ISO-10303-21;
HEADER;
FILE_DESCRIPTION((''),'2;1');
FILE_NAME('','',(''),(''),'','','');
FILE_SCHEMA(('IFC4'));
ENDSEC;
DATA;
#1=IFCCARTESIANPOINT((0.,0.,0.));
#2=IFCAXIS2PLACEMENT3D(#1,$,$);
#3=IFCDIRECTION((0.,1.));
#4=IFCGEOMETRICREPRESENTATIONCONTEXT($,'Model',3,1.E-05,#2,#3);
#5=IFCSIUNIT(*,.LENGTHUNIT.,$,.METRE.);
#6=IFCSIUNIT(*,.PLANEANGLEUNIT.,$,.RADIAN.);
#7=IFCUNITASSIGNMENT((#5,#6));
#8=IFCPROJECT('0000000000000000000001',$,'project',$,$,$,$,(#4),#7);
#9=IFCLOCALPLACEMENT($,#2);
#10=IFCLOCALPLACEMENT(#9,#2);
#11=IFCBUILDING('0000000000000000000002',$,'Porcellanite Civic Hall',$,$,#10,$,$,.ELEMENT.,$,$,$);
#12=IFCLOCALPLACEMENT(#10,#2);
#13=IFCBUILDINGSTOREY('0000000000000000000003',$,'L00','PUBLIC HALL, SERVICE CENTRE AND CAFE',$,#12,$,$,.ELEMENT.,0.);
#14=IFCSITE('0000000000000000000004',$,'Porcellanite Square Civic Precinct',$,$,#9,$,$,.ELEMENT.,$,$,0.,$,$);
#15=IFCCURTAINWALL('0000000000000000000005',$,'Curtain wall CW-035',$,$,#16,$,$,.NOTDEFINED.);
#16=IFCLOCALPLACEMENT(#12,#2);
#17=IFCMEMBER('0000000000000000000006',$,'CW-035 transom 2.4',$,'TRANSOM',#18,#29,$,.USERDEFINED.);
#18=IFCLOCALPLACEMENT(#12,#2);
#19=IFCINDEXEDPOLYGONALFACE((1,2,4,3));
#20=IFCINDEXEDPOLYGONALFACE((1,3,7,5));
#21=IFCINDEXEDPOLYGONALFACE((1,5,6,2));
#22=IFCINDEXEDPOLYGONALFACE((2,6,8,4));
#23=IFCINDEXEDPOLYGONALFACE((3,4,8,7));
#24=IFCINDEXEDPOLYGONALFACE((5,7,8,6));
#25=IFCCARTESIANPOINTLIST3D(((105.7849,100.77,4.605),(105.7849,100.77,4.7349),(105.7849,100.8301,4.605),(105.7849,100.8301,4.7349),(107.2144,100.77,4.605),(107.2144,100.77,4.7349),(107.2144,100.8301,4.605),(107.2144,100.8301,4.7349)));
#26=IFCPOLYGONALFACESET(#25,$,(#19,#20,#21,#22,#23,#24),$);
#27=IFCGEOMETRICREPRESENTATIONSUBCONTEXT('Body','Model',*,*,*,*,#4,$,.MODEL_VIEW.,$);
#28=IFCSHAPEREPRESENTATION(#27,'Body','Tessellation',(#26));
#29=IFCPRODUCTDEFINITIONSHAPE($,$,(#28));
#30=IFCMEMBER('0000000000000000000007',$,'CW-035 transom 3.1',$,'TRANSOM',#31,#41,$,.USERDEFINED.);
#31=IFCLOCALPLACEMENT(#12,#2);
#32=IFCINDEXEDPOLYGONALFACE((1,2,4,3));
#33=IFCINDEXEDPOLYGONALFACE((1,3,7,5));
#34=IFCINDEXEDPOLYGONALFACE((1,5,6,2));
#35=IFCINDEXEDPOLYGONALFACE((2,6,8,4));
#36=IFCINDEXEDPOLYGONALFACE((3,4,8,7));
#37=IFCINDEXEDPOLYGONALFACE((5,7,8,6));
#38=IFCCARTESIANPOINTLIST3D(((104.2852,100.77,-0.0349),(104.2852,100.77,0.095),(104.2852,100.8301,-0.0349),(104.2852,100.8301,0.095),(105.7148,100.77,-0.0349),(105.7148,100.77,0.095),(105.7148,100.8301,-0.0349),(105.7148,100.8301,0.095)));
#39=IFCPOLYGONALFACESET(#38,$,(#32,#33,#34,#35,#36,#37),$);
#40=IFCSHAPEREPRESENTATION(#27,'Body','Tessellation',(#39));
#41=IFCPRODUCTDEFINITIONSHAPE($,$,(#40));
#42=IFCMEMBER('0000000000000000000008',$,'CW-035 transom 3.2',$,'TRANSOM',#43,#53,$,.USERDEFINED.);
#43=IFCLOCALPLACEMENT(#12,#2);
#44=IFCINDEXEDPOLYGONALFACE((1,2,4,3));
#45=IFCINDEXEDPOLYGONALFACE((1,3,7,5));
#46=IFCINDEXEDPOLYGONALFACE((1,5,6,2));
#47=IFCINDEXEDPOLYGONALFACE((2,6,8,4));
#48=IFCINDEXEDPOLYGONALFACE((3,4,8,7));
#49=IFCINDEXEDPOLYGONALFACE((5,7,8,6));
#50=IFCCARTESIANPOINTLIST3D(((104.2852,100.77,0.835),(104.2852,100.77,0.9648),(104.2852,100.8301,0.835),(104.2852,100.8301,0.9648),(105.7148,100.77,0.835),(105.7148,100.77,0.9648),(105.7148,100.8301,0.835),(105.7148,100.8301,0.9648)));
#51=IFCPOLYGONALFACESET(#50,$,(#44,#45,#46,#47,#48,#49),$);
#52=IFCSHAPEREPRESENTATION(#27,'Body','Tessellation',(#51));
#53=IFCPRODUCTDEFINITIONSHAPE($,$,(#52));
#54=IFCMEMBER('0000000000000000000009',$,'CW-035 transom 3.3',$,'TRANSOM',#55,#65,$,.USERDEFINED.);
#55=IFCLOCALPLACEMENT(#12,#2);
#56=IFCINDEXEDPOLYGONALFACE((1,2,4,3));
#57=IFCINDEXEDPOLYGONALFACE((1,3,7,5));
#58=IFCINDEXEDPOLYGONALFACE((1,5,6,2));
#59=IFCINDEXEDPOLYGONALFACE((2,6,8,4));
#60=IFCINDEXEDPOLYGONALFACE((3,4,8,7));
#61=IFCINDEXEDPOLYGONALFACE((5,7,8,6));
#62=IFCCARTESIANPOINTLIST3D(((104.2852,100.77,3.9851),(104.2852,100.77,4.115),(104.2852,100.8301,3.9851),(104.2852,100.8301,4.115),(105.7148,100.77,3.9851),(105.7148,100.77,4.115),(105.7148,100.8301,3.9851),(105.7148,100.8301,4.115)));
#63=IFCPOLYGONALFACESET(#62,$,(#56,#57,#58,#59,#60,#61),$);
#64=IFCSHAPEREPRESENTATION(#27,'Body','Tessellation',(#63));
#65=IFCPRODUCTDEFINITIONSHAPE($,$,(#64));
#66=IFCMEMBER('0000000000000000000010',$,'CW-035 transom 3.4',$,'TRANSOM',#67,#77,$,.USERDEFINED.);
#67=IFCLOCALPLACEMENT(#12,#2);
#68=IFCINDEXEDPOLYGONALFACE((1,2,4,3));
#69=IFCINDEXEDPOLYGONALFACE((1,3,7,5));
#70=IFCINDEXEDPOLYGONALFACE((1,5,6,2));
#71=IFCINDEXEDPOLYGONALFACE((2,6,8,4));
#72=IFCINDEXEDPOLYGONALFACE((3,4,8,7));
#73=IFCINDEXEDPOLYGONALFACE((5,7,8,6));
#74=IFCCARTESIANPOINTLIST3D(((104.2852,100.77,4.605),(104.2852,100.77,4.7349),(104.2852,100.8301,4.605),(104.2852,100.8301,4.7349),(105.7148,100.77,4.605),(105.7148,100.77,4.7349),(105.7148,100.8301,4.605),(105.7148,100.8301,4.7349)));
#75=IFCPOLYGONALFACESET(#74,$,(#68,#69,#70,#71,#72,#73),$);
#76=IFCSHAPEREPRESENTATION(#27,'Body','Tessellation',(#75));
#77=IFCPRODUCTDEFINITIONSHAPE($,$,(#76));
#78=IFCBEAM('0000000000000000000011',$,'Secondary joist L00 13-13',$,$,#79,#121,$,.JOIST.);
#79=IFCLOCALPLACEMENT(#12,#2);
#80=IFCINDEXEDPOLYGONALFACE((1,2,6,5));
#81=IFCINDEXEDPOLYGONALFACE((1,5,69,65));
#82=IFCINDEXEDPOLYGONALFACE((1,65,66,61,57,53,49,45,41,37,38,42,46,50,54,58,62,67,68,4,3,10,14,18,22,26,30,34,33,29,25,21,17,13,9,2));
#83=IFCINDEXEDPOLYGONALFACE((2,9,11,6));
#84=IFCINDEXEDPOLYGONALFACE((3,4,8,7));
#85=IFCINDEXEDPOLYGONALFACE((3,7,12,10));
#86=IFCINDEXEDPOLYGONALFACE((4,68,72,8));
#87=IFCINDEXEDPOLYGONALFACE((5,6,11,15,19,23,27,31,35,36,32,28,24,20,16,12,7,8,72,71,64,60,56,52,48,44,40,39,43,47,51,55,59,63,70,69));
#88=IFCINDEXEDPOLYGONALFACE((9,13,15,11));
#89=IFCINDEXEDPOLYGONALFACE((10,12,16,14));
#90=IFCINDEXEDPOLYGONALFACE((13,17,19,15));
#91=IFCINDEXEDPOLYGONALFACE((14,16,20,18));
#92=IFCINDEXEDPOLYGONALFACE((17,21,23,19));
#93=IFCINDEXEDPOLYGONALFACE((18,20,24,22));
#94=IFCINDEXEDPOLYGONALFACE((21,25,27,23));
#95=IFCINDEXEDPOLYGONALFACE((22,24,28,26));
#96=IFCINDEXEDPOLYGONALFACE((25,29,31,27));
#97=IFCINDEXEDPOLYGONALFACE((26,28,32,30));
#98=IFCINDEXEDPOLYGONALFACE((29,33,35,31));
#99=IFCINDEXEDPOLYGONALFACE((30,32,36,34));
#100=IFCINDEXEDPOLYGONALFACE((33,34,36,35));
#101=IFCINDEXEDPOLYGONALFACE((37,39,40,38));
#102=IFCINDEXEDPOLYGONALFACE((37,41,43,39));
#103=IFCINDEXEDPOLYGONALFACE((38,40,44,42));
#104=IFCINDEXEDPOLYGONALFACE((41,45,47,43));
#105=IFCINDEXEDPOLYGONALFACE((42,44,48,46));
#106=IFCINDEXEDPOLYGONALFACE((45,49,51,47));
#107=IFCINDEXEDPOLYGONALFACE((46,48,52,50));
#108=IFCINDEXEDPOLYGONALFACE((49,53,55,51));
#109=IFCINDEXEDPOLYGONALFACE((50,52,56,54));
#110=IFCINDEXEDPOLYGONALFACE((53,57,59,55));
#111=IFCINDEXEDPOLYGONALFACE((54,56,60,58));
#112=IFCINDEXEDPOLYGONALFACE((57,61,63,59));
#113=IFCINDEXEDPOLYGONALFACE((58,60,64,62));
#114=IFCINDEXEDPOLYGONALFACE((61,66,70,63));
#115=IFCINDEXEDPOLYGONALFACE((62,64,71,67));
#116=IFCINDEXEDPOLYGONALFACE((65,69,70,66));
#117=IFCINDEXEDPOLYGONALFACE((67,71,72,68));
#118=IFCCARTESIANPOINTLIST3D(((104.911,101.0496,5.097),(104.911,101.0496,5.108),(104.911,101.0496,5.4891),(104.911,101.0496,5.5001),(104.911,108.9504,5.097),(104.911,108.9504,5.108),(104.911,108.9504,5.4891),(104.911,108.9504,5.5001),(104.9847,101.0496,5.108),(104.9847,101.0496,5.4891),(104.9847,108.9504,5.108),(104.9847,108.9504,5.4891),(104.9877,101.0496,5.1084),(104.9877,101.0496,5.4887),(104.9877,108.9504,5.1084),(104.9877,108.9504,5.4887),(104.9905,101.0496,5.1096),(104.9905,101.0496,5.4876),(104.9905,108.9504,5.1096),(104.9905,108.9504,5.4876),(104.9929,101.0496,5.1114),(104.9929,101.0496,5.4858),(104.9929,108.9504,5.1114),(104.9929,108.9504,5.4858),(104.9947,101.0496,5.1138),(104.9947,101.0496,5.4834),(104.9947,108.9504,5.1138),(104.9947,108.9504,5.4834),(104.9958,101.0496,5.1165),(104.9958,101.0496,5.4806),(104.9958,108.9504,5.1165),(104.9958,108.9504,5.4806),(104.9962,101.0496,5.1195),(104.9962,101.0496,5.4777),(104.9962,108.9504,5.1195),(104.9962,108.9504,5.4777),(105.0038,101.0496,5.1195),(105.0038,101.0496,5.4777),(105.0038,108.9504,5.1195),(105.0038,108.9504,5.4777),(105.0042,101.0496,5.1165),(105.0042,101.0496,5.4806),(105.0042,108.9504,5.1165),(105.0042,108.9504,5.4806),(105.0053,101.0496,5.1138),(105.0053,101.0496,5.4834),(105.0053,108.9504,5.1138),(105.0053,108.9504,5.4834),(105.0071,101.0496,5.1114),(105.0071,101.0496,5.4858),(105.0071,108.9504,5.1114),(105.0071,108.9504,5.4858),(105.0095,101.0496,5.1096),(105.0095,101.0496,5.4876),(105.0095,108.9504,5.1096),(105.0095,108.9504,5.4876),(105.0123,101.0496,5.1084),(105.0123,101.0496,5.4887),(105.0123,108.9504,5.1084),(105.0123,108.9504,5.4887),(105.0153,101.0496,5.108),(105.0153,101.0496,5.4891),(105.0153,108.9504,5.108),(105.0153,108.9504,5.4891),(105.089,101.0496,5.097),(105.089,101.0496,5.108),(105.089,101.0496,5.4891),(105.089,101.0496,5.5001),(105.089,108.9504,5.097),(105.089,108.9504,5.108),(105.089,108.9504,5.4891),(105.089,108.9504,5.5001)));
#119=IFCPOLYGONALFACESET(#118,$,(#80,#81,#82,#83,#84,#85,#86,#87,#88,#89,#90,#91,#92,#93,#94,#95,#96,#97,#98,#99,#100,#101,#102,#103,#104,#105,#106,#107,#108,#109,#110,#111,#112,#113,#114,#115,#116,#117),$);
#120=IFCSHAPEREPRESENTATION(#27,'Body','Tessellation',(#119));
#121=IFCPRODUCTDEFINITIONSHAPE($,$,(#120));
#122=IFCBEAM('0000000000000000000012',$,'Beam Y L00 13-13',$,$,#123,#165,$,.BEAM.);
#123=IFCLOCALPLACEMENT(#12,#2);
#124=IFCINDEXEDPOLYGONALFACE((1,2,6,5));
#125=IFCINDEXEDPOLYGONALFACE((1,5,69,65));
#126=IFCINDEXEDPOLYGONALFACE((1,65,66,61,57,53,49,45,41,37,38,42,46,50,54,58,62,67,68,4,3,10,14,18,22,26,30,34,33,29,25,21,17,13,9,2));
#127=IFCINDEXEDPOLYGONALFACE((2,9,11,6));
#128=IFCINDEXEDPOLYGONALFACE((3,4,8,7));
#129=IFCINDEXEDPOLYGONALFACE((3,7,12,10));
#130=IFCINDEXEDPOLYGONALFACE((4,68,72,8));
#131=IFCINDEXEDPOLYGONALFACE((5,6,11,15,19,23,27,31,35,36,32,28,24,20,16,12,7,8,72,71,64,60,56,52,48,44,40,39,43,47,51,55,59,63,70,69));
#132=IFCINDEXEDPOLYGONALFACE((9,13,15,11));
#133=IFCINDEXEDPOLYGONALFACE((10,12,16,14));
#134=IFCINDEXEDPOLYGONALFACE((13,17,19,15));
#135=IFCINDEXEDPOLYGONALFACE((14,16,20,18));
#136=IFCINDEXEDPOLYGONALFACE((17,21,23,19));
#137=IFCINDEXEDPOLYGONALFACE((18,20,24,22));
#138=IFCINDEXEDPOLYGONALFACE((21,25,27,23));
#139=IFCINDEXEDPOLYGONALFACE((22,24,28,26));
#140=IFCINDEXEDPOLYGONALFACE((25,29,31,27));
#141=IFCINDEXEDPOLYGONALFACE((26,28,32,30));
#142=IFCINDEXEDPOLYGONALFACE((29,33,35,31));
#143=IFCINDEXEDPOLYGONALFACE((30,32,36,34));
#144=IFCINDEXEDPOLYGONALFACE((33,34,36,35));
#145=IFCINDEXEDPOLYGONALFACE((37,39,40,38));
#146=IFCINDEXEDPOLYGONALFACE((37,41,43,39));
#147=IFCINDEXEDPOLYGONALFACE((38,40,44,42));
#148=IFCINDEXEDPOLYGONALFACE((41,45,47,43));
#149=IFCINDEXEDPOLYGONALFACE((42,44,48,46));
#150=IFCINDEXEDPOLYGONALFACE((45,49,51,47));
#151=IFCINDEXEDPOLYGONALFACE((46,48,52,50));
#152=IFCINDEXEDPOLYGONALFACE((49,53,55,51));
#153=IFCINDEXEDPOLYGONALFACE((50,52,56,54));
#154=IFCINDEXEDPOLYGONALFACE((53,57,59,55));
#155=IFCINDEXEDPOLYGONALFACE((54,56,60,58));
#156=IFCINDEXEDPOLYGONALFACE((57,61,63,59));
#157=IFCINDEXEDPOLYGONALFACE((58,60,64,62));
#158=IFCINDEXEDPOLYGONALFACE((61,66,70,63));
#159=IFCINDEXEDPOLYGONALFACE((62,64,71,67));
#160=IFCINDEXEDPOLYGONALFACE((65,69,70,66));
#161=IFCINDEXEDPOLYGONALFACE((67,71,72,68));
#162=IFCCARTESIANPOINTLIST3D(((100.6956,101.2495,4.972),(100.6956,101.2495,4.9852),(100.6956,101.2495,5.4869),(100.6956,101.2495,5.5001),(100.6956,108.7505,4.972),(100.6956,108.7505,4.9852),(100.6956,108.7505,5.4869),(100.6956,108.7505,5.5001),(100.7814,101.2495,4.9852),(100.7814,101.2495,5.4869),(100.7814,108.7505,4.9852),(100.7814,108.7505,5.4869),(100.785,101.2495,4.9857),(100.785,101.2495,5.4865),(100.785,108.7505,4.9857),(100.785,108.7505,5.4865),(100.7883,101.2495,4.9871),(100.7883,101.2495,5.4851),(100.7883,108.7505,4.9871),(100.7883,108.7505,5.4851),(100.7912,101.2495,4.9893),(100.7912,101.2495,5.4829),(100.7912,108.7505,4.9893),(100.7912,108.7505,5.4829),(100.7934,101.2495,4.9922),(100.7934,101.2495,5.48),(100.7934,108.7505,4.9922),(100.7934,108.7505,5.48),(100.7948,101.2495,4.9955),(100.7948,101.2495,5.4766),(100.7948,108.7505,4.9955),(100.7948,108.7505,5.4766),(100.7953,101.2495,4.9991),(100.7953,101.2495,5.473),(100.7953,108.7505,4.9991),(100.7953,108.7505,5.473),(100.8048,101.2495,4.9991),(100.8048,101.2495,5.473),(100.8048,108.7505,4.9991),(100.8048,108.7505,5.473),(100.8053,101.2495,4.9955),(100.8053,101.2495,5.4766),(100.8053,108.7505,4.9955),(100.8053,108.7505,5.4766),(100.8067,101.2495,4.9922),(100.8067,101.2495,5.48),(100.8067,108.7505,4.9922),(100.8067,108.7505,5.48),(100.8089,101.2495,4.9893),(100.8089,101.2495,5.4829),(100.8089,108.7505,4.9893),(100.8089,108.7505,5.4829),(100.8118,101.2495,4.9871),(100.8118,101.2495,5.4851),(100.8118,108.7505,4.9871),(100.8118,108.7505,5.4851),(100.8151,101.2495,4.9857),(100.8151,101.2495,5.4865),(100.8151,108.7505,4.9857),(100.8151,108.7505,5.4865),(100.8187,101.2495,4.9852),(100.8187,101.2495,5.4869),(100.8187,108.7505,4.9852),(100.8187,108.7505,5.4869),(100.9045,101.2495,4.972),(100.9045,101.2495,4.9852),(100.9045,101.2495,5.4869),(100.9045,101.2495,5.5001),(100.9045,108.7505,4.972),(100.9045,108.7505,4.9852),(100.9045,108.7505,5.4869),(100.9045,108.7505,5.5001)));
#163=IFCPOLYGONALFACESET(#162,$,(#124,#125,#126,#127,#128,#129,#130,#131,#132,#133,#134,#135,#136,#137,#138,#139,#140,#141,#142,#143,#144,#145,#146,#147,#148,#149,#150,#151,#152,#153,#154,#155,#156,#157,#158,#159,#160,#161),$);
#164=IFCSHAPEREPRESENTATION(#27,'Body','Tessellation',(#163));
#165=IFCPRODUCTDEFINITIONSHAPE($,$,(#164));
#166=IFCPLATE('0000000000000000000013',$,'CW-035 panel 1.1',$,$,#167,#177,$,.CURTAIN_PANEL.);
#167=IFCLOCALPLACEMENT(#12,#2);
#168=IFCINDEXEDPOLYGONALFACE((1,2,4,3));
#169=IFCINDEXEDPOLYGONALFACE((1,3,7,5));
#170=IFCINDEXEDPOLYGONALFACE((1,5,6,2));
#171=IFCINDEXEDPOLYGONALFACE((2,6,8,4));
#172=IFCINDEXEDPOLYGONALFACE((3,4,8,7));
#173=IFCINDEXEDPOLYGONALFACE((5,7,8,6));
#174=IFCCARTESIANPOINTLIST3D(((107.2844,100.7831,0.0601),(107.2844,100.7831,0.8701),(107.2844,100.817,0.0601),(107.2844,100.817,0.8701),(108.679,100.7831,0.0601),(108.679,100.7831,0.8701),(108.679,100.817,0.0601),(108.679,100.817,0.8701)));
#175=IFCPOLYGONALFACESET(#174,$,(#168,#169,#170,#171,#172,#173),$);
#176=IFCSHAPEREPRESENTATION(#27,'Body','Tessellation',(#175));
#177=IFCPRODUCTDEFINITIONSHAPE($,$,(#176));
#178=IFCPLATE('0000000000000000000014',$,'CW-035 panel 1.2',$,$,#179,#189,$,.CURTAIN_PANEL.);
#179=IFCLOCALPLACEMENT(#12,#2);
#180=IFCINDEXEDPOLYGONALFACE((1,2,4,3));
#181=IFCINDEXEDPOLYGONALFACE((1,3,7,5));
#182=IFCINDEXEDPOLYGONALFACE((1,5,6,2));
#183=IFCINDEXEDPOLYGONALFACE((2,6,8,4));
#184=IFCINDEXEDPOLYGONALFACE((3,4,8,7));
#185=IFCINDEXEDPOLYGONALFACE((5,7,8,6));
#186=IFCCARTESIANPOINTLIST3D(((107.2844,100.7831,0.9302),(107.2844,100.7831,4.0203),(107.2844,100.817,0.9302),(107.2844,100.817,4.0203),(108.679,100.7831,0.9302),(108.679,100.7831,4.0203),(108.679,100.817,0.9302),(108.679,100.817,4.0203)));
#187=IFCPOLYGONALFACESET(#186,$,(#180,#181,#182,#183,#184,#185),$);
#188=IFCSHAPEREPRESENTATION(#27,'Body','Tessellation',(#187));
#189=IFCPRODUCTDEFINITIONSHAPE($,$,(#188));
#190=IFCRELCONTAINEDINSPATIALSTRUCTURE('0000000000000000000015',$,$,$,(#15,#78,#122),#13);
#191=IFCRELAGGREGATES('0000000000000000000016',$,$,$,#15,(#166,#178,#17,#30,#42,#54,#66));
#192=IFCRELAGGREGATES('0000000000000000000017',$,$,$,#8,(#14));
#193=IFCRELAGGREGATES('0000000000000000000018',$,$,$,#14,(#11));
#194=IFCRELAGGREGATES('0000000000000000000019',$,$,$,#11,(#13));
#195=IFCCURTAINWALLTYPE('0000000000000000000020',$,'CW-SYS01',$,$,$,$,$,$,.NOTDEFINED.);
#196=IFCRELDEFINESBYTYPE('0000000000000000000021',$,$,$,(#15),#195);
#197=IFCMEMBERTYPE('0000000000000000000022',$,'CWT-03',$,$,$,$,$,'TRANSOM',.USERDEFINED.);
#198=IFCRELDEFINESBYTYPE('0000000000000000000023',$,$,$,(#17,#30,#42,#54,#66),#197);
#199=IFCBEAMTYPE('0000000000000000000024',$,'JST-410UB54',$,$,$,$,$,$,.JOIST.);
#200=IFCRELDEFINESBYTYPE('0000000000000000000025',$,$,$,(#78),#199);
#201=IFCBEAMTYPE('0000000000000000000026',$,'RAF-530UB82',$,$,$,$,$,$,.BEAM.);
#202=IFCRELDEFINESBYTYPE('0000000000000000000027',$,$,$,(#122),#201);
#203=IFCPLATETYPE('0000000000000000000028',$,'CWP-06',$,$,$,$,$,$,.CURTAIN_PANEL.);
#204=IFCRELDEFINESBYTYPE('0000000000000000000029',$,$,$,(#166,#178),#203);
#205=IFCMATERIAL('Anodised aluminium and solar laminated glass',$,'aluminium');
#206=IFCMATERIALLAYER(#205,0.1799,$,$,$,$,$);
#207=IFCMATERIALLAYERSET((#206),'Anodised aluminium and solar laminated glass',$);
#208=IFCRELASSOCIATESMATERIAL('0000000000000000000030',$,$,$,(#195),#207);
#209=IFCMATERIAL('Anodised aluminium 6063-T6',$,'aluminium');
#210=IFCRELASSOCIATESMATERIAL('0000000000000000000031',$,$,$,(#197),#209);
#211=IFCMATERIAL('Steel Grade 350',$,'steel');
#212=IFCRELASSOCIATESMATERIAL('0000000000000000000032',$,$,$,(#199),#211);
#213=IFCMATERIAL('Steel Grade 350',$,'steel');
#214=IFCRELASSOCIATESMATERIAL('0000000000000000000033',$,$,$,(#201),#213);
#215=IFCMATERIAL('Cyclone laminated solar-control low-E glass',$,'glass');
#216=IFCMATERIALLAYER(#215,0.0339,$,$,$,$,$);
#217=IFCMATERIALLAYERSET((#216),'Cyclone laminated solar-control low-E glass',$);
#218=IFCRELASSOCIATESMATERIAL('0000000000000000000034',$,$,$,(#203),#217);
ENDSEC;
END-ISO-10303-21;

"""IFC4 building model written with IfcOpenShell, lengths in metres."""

from ifc_helpers import new_model, si_unit, direction, frame, origin, origin_2d, place, context, subcontext, project, spatial, rectangle, i_section, extrude, material, layer, layer_set, material_profile, profile_set, type_object, element, aggregate, save


model = new_model("IFC4")

# Units and contexts
model_context = context("Model", 3, precision=1e-05, world=origin(), true_north=direction((0.0, 1.0)))
body_context = subcontext(model_context, "Body", "Model", "MODEL_VIEW")
ifc_project = project(units=[si_unit("LENGTHUNIT", "METRE"), si_unit("PLANEANGLEUNIT", "RADIAN")], contexts=[model_context])

# Site, building, storey
site_placement = place(None, origin())
site = spatial("IfcSite", under=ifc_project, at=site_placement, Name="Porcellanite Square Civic Precinct", CompositionType="ELEMENT", RefElevation=0.0)
building_placement = place(site_placement, origin())
building = spatial("IfcBuilding", under=site, at=building_placement, Name="Porcellanite Civic Hall", CompositionType="ELEMENT")
storey_placement = place(building_placement, origin())
storey = spatial("IfcBuildingStorey", under=building, at=storey_placement, Name="L00", Description="PUBLIC HALL, SERVICE CENTRE AND CAFE", CompositionType="ELEMENT", Elevation=0.0)

# Curtain wall, members
ifc_material_1 = material(Name="Anodised aluminium and solar laminated glass", Category="aluminium")
ifc_layer_1 = layer(ifc_material_1, 0.1799)
ifc_layer_set_1 = layer_set([ifc_layer_1], Name="Anodised aluminium and solar laminated glass")
curtain_wall_type = type_object("IfcCurtainWallType", Name="CW-SYS01", PredefinedType="NOTDEFINED", material=ifc_layer_set_1)
curtain_wall_placement = place(storey_placement, origin())
curtain_wall = element("IfcCurtainWall", 1, at=curtain_wall_placement, inside=storey, type_object=curtain_wall_type, Name="Curtain wall CW-035", PredefinedType="NOTDEFINED")
ifc_material_2 = material(Name="Anodised aluminium 6063-T6", Category="aluminium")
ifc_material_profile_1 = material_profile(ifc_material_2, rectangle(XDim=0.0601, YDim=0.1299, at=origin_2d()), Name="AL-60x130")
ifc_profile_set_1 = profile_set([ifc_material_profile_1], Name="Anodised aluminium 6063-T6")
member_type_1 = type_object("IfcMemberType", Name="CWT-03", ElementType="TRANSOM", PredefinedType="USERDEFINED", material=ifc_profile_set_1)
member_1_placement = place(storey_placement, frame((107.2144, 100.8, 4.6699), z_axis=(-1.0, 0.0, 0.0), x_axis=(0.0, -1.0, 0.0)))
member_1 = element("IfcMember", 2, at=member_1_placement, type_object=member_type_1, Name="CW-035 transom 2.4", ObjectType="TRANSOM", PredefinedType="USERDEFINED", context=body_context, shape_type="SweptSolid", body=[
    extrude(rectangle(XDim=0.0601, YDim=0.1299, at=origin_2d()), origin(), (0.0, 0.0, 1.0), 1.4294),
])
member_2_placement = place(storey_placement, frame((105.7148, 100.8, 0.03), z_axis=(-1.0, 0.0, 0.0), x_axis=(0.0, -1.0, 0.0)))
member_2 = element("IfcMember", 3, at=member_2_placement, type_object=member_type_1, Name="CW-035 transom 3.1", ObjectType="TRANSOM", PredefinedType="USERDEFINED", context=body_context, shape_type="SweptSolid", body=[
    extrude(rectangle(XDim=0.0601, YDim=0.1299, at=origin_2d()), origin(), (0.0, 0.0, 1.0), 1.4297),
])
member_3_placement = place(storey_placement, frame((105.7148, 100.8, 0.8999), z_axis=(-1.0, 0.0, 0.0), x_axis=(0.0, -1.0, 0.0)))
member_3 = element("IfcMember", 4, at=member_3_placement, type_object=member_type_1, Name="CW-035 transom 3.2", ObjectType="TRANSOM", PredefinedType="USERDEFINED", context=body_context, shape_type="SweptSolid", body=[
    extrude(rectangle(XDim=0.0601, YDim=0.1299, at=origin_2d()), origin(), (0.0, 0.0, 1.0), 1.4297),
])
member_4_placement = place(storey_placement, frame((105.7148, 100.8, 4.05), z_axis=(-1.0, 0.0, 0.0), x_axis=(0.0, -1.0, 0.0)))
member_4 = element("IfcMember", 5, at=member_4_placement, type_object=member_type_1, Name="CW-035 transom 3.3", ObjectType="TRANSOM", PredefinedType="USERDEFINED", context=body_context, shape_type="SweptSolid", body=[
    extrude(rectangle(XDim=0.0601, YDim=0.1299, at=origin_2d()), origin(), (0.0, 0.0, 1.0), 1.4297),
])
member_5_placement = place(storey_placement, frame((105.7148, 100.8, 4.6699), z_axis=(-1.0, 0.0, 0.0), x_axis=(0.0, -1.0, 0.0)))
member_5 = element("IfcMember", 6, at=member_5_placement, type_object=member_type_1, Name="CW-035 transom 3.4", ObjectType="TRANSOM", PredefinedType="USERDEFINED", context=body_context, shape_type="SweptSolid", body=[
    extrude(rectangle(XDim=0.0601, YDim=0.1299, at=origin_2d()), origin(), (0.0, 0.0, 1.0), 1.4297),
])

# Beams
ifc_material_3 = material(Name="Steel Grade 350", Category="steel")
ifc_material_profile_2 = material_profile(ifc_material_3, i_section(OverallWidth=0.178, OverallDepth=0.4031, WebThickness=0.0076, FlangeThickness=0.011, FilletRadius=0.0115, at=origin_2d()), Name="410UB53.7")
ifc_profile_set_2 = profile_set([ifc_material_profile_2], Name="Steel Grade 350")
beam_type_1 = type_object("IfcBeamType", Name="JST-410UB54", PredefinedType="JOIST", material=ifc_profile_set_2)
beam_1_placement = place(storey_placement, frame((105.0, 101.0496, 5.2986), z_axis=(0.0, 1.0, 0.0), x_axis=(-1.0, 0.0, 0.0)))
element("IfcBeam", 7, at=beam_1_placement, inside=storey, type_object=beam_type_1, Name="Secondary joist L00 13-13", PredefinedType="JOIST", context=body_context, shape_type="SweptSolid", body=[
    extrude(i_section(OverallWidth=0.178, OverallDepth=0.4031, WebThickness=0.0076, FlangeThickness=0.011, FilletRadius=0.0115, at=origin_2d()), origin(), (0.0, 0.0, 1.0), 7.9009),
])
ifc_material_4 = material(Name="Steel Grade 350", Category="steel")
ifc_material_profile_3 = material_profile(ifc_material_4, i_section(OverallWidth=0.209, OverallDepth=0.5281, WebThickness=0.0095, FlangeThickness=0.0132, FilletRadius=0.0139, at=origin_2d()), Name="530UB82.0")
ifc_profile_set_3 = profile_set([ifc_material_profile_3], Name="Steel Grade 350")
beam_type_2 = type_object("IfcBeamType", Name="RAF-530UB82", PredefinedType="BEAM", material=ifc_profile_set_3)
beam_2_placement = place(storey_placement, frame((100.8, 101.2495, 5.2361), z_axis=(0.0, 1.0, 0.0), x_axis=(-1.0, 0.0, 0.0)))
element("IfcBeam", 8, at=beam_2_placement, inside=storey, type_object=beam_type_2, Name="Beam Y L00 13-13", PredefinedType="BEAM", context=body_context, shape_type="SweptSolid", body=[
    extrude(i_section(OverallWidth=0.209, OverallDepth=0.5281, WebThickness=0.0095, FlangeThickness=0.0132, FilletRadius=0.0139, at=origin_2d()), origin(), (0.0, 0.0, 1.0), 7.501),
])

# Plates
ifc_material_5 = material(Name="Cyclone laminated solar-control low-E glass", Category="glass")
ifc_layer_2 = layer(ifc_material_5, 0.0339)
ifc_layer_set_2 = layer_set([ifc_layer_2], Name="Cyclone laminated solar-control low-E glass")
plate_type = type_object("IfcPlateType", Name="CWP-06", PredefinedType="CURTAIN_PANEL", material=ifc_layer_set_2)
plate_1_placement = place(storey_placement, frame((107.9817, 100.8, 0.0601), z_axis=(0.0, 0.0, 1.0), x_axis=(-1.0, 0.0, 0.0)))
plate_1 = element("IfcPlate", 9, at=plate_1_placement, type_object=plate_type, Name="CW-035 panel 1.1", PredefinedType="CURTAIN_PANEL", context=body_context, shape_type="SweptSolid", body=[
    extrude(rectangle(XDim=1.3945, YDim=0.0339, at=origin_2d()), origin(), (0.0, 0.0, 1.0), 0.8101),
])
plate_2_placement = place(storey_placement, frame((107.9817, 100.8, 0.9302), z_axis=(0.0, 0.0, 1.0), x_axis=(-1.0, 0.0, 0.0)))
plate_2 = element("IfcPlate", 10, at=plate_2_placement, type_object=plate_type, Name="CW-035 panel 1.2", PredefinedType="CURTAIN_PANEL", context=body_context, shape_type="SweptSolid", body=[
    extrude(rectangle(XDim=1.3945, YDim=0.0339, at=origin_2d()), origin(), (0.0, 0.0, 1.0), 3.0901),
])
aggregate(curtain_wall, [plate_1, plate_2, member_1, member_2, member_3, member_4, member_5])

save(model, "model.ifc")
